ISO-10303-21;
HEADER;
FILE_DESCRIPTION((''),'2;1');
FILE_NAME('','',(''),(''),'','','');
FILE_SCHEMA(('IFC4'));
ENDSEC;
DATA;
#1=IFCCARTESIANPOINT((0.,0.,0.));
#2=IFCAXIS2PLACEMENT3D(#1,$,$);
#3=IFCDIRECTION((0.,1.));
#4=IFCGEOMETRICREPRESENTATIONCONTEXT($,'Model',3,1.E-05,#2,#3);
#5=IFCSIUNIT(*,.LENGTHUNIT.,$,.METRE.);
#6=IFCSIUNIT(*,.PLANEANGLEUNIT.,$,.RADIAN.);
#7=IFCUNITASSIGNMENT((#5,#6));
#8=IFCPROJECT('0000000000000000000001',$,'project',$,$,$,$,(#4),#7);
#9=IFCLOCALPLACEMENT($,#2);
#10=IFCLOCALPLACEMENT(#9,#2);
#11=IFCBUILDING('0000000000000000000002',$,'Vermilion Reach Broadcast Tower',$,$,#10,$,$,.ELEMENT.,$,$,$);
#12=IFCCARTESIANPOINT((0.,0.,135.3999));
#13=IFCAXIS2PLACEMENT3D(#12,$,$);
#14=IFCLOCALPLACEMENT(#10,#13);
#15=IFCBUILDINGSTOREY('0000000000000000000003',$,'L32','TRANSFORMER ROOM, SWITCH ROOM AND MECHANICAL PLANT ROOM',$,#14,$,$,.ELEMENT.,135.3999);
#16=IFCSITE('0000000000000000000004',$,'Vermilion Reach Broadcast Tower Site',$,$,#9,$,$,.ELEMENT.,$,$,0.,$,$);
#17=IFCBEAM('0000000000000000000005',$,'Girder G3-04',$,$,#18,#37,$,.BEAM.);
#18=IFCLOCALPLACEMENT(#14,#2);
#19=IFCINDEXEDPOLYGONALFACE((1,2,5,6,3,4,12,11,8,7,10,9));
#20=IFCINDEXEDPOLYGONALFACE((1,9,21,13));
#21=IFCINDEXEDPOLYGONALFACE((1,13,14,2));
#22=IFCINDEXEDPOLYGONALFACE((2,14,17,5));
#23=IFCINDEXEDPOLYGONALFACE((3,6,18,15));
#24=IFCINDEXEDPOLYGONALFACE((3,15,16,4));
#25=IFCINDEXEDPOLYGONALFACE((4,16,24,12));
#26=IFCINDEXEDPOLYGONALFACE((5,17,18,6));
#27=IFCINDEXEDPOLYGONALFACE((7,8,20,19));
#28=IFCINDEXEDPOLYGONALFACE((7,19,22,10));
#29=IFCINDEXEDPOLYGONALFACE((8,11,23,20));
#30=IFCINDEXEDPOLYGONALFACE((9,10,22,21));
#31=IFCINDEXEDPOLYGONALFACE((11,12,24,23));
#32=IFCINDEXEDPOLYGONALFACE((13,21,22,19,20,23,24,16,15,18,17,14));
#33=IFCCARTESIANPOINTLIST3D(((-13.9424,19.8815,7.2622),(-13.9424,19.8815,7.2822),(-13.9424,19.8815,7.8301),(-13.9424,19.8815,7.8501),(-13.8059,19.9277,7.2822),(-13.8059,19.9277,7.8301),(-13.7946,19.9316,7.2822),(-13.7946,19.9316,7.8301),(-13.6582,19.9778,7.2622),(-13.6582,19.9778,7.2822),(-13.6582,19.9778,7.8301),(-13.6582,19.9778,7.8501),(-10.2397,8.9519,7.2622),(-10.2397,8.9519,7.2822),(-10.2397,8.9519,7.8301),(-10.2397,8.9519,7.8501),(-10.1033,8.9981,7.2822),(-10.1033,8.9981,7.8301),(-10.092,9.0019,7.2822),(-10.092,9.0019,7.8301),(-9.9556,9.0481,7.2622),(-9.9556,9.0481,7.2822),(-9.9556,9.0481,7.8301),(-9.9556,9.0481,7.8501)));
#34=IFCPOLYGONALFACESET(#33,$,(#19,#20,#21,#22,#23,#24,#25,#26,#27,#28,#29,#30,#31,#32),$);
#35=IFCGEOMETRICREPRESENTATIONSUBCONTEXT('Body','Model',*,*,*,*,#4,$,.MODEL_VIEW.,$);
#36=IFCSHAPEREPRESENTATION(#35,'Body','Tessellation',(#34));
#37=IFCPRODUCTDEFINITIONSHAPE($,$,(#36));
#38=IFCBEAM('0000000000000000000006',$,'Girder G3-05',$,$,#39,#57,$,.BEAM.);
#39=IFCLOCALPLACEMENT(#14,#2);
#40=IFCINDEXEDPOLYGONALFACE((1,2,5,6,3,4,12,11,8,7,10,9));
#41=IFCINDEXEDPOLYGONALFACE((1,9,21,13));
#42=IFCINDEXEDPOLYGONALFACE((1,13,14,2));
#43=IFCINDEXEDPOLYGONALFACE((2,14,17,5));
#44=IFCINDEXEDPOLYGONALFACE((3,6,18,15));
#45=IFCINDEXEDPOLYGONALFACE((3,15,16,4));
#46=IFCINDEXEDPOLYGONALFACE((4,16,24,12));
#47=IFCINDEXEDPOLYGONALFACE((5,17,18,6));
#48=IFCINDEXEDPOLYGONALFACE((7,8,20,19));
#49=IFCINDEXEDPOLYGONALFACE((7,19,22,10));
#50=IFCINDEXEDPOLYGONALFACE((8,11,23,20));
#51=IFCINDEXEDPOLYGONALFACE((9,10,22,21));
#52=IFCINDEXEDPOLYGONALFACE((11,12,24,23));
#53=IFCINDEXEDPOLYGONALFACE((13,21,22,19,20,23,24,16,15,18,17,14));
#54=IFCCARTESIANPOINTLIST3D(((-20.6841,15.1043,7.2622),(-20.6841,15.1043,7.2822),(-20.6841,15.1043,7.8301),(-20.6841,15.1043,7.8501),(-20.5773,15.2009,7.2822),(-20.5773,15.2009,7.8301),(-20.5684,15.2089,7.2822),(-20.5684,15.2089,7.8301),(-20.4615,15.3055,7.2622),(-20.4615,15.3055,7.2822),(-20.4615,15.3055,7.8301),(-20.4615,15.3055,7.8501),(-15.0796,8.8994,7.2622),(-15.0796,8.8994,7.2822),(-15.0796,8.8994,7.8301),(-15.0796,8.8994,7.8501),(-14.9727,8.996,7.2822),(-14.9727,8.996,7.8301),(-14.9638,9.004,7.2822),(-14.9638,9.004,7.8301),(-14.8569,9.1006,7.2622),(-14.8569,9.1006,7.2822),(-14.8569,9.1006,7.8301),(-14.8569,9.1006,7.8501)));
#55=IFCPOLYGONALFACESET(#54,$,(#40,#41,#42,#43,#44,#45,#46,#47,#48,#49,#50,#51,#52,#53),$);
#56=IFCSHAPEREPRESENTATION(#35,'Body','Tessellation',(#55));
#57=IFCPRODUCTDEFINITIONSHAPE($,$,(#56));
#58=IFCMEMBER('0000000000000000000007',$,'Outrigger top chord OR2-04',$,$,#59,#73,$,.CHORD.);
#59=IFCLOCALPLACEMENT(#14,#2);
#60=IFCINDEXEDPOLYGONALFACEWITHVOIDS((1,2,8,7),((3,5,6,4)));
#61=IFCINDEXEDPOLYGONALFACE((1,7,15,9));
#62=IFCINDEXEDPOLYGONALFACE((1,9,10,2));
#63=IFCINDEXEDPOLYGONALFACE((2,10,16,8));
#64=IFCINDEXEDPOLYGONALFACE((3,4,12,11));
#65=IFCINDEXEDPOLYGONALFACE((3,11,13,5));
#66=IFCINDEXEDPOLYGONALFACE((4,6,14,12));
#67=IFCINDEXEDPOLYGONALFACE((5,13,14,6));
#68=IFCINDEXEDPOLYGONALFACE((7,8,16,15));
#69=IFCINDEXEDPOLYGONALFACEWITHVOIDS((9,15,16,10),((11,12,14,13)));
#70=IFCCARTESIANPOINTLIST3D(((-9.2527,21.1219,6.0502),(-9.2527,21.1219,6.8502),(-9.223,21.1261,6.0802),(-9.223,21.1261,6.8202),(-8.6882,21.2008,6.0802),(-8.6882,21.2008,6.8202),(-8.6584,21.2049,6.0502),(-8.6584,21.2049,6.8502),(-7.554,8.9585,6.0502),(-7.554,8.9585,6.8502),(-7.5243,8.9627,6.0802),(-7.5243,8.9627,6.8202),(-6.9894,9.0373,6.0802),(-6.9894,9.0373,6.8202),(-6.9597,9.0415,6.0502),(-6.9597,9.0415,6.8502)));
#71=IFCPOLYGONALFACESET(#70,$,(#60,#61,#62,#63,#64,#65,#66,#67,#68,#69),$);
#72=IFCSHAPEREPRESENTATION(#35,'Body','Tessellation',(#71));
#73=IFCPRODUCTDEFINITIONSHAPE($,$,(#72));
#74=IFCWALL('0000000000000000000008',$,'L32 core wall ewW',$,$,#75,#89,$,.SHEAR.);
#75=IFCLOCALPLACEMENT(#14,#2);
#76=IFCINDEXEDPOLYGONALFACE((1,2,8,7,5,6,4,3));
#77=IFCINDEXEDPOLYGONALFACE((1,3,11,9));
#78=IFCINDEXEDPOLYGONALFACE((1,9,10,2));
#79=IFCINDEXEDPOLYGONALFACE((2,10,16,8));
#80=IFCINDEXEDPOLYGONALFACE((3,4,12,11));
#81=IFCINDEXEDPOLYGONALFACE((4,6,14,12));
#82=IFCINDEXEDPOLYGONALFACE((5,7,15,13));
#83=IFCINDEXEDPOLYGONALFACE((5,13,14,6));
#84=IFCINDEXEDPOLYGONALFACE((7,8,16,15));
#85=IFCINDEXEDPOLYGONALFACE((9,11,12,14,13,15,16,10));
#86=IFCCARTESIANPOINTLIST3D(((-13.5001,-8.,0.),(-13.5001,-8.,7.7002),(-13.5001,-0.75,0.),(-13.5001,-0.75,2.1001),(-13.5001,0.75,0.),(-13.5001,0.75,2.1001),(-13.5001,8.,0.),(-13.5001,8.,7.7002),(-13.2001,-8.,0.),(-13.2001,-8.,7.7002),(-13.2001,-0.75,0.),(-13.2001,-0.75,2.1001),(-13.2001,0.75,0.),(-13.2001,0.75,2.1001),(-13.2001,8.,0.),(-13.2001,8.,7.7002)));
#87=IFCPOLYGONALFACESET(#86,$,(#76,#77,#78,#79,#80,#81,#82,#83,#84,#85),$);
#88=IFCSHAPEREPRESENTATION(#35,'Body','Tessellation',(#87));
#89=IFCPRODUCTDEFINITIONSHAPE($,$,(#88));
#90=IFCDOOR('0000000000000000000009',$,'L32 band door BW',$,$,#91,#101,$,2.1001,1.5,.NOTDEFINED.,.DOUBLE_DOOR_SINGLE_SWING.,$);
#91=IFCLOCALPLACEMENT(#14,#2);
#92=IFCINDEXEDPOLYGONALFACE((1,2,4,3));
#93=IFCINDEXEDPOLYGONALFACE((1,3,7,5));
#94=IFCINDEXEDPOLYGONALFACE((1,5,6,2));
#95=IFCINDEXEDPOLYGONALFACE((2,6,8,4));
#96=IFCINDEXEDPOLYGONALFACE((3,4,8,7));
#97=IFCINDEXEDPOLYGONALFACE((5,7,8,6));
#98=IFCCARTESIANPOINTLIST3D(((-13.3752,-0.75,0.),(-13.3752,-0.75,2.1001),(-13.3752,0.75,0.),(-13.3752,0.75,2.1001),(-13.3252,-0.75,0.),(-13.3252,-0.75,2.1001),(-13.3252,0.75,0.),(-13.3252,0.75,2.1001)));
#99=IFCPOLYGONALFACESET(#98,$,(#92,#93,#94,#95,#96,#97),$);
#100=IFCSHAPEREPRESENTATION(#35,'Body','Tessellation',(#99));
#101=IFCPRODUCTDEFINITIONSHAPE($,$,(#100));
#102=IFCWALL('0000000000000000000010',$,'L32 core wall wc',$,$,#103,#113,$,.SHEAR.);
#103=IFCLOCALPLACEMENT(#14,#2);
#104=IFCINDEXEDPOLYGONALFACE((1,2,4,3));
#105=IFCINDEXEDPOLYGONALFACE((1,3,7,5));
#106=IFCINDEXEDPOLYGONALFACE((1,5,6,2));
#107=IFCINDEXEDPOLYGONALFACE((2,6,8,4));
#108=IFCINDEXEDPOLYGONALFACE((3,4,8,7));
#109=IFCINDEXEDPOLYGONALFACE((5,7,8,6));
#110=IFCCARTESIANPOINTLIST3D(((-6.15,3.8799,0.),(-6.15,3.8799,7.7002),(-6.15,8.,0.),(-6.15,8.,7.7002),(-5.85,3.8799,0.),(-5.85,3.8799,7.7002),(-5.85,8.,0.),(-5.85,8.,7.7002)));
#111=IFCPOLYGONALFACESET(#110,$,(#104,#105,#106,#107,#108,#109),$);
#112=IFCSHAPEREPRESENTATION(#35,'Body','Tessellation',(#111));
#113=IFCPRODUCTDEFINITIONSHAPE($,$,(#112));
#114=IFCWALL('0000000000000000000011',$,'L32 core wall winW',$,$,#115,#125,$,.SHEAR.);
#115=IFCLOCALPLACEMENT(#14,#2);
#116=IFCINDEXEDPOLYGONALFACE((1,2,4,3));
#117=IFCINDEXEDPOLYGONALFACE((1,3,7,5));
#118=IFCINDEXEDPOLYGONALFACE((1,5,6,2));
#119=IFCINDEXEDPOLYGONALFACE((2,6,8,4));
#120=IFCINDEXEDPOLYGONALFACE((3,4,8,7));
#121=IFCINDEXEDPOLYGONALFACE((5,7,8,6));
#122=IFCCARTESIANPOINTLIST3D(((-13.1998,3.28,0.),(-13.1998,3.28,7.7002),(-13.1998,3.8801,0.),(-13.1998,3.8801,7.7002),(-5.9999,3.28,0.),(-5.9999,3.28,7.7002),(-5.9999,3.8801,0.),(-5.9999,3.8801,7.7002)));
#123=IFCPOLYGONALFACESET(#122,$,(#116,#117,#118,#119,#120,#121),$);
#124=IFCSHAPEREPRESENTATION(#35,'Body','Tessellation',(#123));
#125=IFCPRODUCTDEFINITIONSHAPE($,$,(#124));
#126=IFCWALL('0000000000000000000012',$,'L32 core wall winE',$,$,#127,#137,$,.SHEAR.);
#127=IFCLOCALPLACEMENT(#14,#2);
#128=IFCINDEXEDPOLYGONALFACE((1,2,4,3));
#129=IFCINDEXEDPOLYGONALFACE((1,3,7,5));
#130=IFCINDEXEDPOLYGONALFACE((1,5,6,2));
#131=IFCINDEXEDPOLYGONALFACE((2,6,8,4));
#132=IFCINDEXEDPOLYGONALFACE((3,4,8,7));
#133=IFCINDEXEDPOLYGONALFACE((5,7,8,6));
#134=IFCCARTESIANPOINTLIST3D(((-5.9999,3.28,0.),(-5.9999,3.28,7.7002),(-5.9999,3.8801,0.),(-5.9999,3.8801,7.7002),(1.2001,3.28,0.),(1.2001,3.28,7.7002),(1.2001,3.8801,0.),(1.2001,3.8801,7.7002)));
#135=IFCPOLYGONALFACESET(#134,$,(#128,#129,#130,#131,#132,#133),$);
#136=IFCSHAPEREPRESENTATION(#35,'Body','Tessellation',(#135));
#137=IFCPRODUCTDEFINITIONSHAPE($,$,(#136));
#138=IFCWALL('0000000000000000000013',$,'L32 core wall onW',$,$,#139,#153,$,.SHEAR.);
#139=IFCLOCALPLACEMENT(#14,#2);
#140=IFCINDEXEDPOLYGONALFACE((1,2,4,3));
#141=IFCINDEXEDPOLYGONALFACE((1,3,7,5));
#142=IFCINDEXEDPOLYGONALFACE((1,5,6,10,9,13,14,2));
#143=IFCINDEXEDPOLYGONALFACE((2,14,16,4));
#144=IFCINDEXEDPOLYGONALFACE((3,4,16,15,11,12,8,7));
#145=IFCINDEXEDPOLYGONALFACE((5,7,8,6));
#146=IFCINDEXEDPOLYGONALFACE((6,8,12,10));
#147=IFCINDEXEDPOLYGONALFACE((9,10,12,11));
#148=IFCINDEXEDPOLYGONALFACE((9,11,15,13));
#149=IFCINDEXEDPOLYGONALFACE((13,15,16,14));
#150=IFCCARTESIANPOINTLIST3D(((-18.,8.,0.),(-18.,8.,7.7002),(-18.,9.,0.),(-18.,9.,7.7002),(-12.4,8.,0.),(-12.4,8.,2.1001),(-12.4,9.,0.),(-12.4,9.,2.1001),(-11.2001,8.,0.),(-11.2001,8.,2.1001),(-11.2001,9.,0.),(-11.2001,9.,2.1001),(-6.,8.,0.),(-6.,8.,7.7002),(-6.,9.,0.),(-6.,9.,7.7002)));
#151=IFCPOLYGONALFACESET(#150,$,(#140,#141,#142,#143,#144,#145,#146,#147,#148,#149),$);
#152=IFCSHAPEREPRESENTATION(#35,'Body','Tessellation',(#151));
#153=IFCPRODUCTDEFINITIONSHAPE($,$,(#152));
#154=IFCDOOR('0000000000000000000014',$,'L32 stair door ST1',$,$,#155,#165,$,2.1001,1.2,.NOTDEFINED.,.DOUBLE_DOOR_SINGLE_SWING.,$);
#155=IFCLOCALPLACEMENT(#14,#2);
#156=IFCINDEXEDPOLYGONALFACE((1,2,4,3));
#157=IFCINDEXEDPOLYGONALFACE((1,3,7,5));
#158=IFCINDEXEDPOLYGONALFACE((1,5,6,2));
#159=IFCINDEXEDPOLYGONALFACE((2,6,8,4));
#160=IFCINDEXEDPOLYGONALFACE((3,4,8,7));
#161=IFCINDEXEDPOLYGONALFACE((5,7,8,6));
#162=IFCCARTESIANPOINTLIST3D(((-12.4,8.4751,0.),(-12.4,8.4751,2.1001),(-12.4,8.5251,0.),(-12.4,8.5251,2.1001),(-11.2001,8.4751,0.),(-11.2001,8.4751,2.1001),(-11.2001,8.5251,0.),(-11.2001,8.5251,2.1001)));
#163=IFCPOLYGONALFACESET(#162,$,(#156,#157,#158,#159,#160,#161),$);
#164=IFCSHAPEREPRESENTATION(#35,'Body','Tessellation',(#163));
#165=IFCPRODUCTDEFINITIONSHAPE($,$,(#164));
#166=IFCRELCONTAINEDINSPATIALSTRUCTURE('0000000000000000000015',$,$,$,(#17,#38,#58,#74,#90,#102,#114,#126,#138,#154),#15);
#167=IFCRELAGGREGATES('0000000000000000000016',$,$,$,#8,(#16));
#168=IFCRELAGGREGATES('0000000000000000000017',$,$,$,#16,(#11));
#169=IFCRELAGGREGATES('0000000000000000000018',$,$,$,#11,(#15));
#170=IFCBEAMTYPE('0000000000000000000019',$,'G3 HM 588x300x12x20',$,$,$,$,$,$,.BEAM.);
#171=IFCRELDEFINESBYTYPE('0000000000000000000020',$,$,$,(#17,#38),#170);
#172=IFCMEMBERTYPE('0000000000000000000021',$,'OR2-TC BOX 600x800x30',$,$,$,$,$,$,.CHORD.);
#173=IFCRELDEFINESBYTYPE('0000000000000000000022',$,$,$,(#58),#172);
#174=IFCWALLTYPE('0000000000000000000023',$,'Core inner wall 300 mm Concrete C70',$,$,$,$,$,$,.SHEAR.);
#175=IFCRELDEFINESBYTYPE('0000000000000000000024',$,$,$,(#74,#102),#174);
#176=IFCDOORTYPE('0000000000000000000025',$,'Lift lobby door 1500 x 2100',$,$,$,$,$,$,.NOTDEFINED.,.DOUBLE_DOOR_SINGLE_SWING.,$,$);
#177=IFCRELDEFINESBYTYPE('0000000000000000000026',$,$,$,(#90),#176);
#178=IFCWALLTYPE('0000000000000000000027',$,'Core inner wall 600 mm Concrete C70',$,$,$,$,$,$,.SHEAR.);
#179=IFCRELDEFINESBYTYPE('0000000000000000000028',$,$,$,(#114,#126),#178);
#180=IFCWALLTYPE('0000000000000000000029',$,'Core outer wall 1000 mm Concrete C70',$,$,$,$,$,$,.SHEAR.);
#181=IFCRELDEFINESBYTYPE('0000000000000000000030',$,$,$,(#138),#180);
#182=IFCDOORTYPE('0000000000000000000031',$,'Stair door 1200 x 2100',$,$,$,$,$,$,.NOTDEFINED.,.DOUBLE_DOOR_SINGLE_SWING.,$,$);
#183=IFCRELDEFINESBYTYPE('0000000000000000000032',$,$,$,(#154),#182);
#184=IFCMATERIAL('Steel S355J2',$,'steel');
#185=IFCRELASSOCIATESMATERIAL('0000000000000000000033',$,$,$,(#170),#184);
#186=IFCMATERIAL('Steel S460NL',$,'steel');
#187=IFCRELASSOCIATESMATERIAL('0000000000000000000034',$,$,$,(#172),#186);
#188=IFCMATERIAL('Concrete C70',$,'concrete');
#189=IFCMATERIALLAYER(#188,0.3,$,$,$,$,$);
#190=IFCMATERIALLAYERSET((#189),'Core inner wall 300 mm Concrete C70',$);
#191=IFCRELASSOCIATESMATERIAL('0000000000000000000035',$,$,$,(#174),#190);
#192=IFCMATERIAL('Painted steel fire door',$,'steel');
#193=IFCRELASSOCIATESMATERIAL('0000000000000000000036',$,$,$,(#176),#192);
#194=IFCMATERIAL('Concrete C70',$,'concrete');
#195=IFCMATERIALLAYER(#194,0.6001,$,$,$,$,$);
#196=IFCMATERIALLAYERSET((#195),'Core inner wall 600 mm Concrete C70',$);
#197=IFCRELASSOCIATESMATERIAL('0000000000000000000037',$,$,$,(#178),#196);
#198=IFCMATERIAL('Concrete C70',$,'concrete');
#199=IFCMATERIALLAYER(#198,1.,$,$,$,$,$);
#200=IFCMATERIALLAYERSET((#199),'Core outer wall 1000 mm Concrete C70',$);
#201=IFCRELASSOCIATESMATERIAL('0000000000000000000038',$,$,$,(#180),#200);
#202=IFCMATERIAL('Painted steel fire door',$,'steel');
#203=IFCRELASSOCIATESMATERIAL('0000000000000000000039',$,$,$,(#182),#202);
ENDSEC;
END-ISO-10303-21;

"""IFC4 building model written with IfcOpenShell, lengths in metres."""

from ifc_helpers import new_model, si_unit, direction, frame, frame_2d, origin, origin_2d, place, context, subcontext, project, spatial, rectangle, hollow_rectangle, i_section, extrude, material, layer, layer_set, material_profile, profile_set, type_object, element, fill, save


model = new_model("IFC4")

# Units and contexts
model_context = context("Model", 3, precision=1e-05, world=origin(), true_north=direction((0.0, 1.0)))
body_context = subcontext(model_context, "Body", "Model", "MODEL_VIEW")
ifc_project = project(units=[si_unit("LENGTHUNIT", "METRE"), si_unit("PLANEANGLEUNIT", "RADIAN")], contexts=[model_context])

# Site, building, storey
site_placement = place(None, origin())
site = spatial("IfcSite", under=ifc_project, at=site_placement, Name="Vermilion Reach Broadcast Tower Site", CompositionType="ELEMENT", RefElevation=0.0)
building_placement = place(site_placement, origin())
building = spatial("IfcBuilding", under=site, at=building_placement, Name="Vermilion Reach Broadcast Tower", CompositionType="ELEMENT")
storey_placement = place(building_placement, frame((0.0, 0.0, 135.3999)))
storey = spatial("IfcBuildingStorey", under=building, at=storey_placement, Name="L32", Description="TRANSFORMER ROOM, SWITCH ROOM AND MECHANICAL PLANT ROOM", CompositionType="ELEMENT", Elevation=135.3999)

# Beams
ifc_material_1 = material(Name="Steel S355J2", Category="steel")
ifc_material_profile_1 = material_profile(ifc_material_1, i_section(OverallWidth=0.3, OverallDepth=0.5879, WebThickness=0.012, FlangeThickness=0.02, at=origin_2d()), Name="S355J2 HM 588x300x12x20")
ifc_profile_set_1 = profile_set([ifc_material_profile_1], Name="Steel S355J2")
beam_type = type_object("IfcBeamType", Name="G3 HM 588x300x12x20", PredefinedType="BEAM", material=ifc_profile_set_1)
beam_1_placement = place(storey_placement, frame((-10.0977, 9.0, 7.5562), z_axis=(-0.320857, 0.947128, 0.0), x_axis=(-0.947128, -0.320857, 0.0)))
element("IfcBeam", 1, at=beam_1_placement, inside=storey, type_object=beam_type, Name="Girder G3-04", PredefinedType="BEAM", context=body_context, shape_type="SweptSolid", body=[
    extrude(i_section(OverallWidth=0.3, OverallDepth=0.5879, WebThickness=0.012, FlangeThickness=0.02, at=origin_2d()), origin(), (0.0, 0.0, 1.0), 11.5398),
])
beam_2_placement = place(storey_placement, frame((-14.9683, 9.0, 7.5562), z_axis=(-0.670295, 0.742095, 0.0), x_axis=(-0.742095, -0.670295, 0.0)))
element("IfcBeam", 2, at=beam_2_placement, inside=storey, type_object=beam_type, Name="Girder G3-05", PredefinedType="BEAM", context=body_context, shape_type="SweptSolid", body=[
    extrude(i_section(OverallWidth=0.3, OverallDepth=0.5879, WebThickness=0.012, FlangeThickness=0.02, at=origin_2d()), origin(), (0.0, 0.0, 1.0), 8.3613),
])

# Member
ifc_material_2 = material(Name="Steel S460NL", Category="steel")
ifc_material_profile_2 = material_profile(ifc_material_2, hollow_rectangle(XDim=0.6001, YDim=0.8, WallThickness=0.03, at=origin_2d()), Name="S460NL BOX 600x800x30")
ifc_profile_set_2 = profile_set([ifc_material_profile_2], Name="Steel S460NL")
member_type = type_object("IfcMemberType", Name="OR2-TC BOX 600x800x30", PredefinedType="CHORD", material=ifc_profile_set_2)
member_placement = place(storey_placement, frame((-7.2568, 9.0, 6.4502), z_axis=(-0.138318, 0.990388, 0.0), x_axis=(-0.990388, -0.138318, 0.0)))
element("IfcMember", 3, at=member_placement, inside=storey, type_object=member_type, Name="Outrigger top chord OR2-04", PredefinedType="CHORD", context=body_context, shape_type="SweptSolid", body=[
    extrude(hollow_rectangle(XDim=0.6001, YDim=0.8, WallThickness=0.03, at=origin_2d()), origin(), (0.0, 0.0, 1.0), 12.2815),
])

# Wall, opening, door
ifc_material_3 = material(Name="Concrete C70", Category="concrete")
ifc_layer_1 = layer(ifc_material_3, 0.3)
ifc_layer_set_1 = layer_set([ifc_layer_1], Name="Core inner wall 300 mm Concrete C70")
wall_type_1 = type_object("IfcWallType", Name="Core inner wall 300 mm Concrete C70", PredefinedType="SHEAR", material=ifc_layer_set_1)
wall_1_placement = place(storey_placement, frame((-13.3501, 8.0, 0.0), z_axis=(0.0, 0.0, 1.0), x_axis=(0.0, -1.0, 0.0)))
wall_1 = element("IfcWall", 4, at=wall_1_placement, inside=storey, type_object=wall_type_1, Name="L32 core wall ewW", PredefinedType="SHEAR", context=body_context, shape_type="SweptSolid", body=[
    extrude(rectangle(XDim=16.0, YDim=0.3, at=frame_2d((8.0, 0.0))), origin(), (0.0, 0.0, 1.0), 7.7002),
])
opening_1_placement = place(wall_1_placement, frame((7.25, 0.0, 0.0)))
opening_1 = element("IfcOpeningElement", 5, at=opening_1_placement, cuts=wall_1, PredefinedType="OPENING", context=body_context, shape_type="SweptSolid", body=[
    extrude(rectangle(XDim=1.5, YDim=2.1001, at=frame_2d((0.75, 1.05))), frame((0.0, 0.1599, 0.0), z_axis=(0.0, -1.0, 0.0), x_axis=(1.0, 0.0, 0.0)), (0.0, 0.0, 1.0), 0.3201),
])
ifc_material_4 = material(Name="Painted steel fire door", Category="steel")
door_type_1 = type_object("IfcDoorType", Name="Lift lobby door 1500 x 2100", OperationType="DOUBLE_DOOR_SINGLE_SWING", PredefinedType="NOTDEFINED", material=ifc_material_4)
door_1_placement = place(opening_1_placement, origin())
door_1 = element("IfcDoor", 6, at=door_1_placement, inside=storey, type_object=door_type_1, Name="L32 band door BW", OperationType="DOUBLE_DOOR_SINGLE_SWING", OverallHeight=2.1001, OverallWidth=1.5, PredefinedType="NOTDEFINED", context=body_context, shape_type="SweptSolid", body=[
    extrude(rectangle(XDim=1.5, YDim=2.1001, at=frame_2d((0.75, 1.05))), frame((0.0, 0.0249, 0.0), z_axis=(0.0, -1.0, 0.0), x_axis=(1.0, 0.0, 0.0)), (0.0, 0.0, 1.0), 0.05),
])
fill(opening_1, door_1)

# Walls
wall_2_placement = place(storey_placement, frame((-6.0, 3.8799, 0.0), z_axis=(0.0, 0.0, 1.0), x_axis=(0.0, 1.0, 0.0)))
element("IfcWall", 7, at=wall_2_placement, inside=storey, type_object=wall_type_1, Name="L32 core wall wc", PredefinedType="SHEAR", context=body_context, shape_type="SweptSolid", body=[
    extrude(rectangle(XDim=4.1201, YDim=0.3, at=frame_2d((2.0601, 0.0))), origin(), (0.0, 0.0, 1.0), 7.7002),
])
ifc_material_5 = material(Name="Concrete C70", Category="concrete")
ifc_layer_2 = layer(ifc_material_5, 0.6001)
ifc_layer_set_2 = layer_set([ifc_layer_2], Name="Core inner wall 600 mm Concrete C70")
wall_type_2 = type_object("IfcWallType", Name="Core inner wall 600 mm Concrete C70", PredefinedType="SHEAR", material=ifc_layer_set_2)
for number, where, z_axis, x_axis, name in (
    (8, (-13.2, 3.5801, 0.0), (0.0, 0.0, 1.0), (1.0, 0.0, 0.0), "L32 core wall winW"),
    (9, (-6.0, 3.5801, 0.0), (0.0, 0.0, 1.0), (1.0, 0.0, 0.0), "L32 core wall winE"),
):
    element("IfcWall", number, at=place(storey_placement, frame(where, z_axis=z_axis, x_axis=x_axis)), inside=storey, type_object=wall_type_2, Name=name, PredefinedType="SHEAR", context=body_context, shape_type="SweptSolid", body=[
        extrude(rectangle(XDim=7.2, YDim=0.6001, at=frame_2d((3.6001, 0.0))), origin(), (0.0, 0.0, 1.0), 7.7002),
    ])

# Wall, opening, door
ifc_material_6 = material(Name="Concrete C70", Category="concrete")
ifc_layer_3 = layer(ifc_material_6, 1.0)
ifc_layer_set_3 = layer_set([ifc_layer_3], Name="Core outer wall 1000 mm Concrete C70")
wall_type_3 = type_object("IfcWallType", Name="Core outer wall 1000 mm Concrete C70", PredefinedType="SHEAR", material=ifc_layer_set_3)
wall_3_placement = place(storey_placement, frame((-6.0, 8.5, 0.0), z_axis=(0.0, 0.0, 1.0), x_axis=(-1.0, 0.0, 0.0)))
wall_3 = element("IfcWall", 10, at=wall_3_placement, inside=storey, type_object=wall_type_3, Name="L32 core wall onW", PredefinedType="SHEAR", context=body_context, shape_type="SweptSolid", body=[
    extrude(rectangle(XDim=12.0, YDim=1.0, at=frame_2d((6.0, 0.0))), origin(), (0.0, 0.0, 1.0), 7.7002),
])
opening_2_placement = place(wall_3_placement, frame((5.2, 0.0, 0.0)))
opening_2 = element("IfcOpeningElement", 11, at=opening_2_placement, cuts=wall_3, PredefinedType="OPENING", context=body_context, shape_type="SweptSolid", body=[
    extrude(rectangle(XDim=1.2, YDim=2.1001, at=frame_2d((0.6001, 1.05))), frame((0.0, 0.51, 0.0), z_axis=(0.0, -1.0, 0.0), x_axis=(1.0, 0.0, 0.0)), (0.0, 0.0, 1.0), 1.02),
])
ifc_material_7 = material(Name="Painted steel fire door", Category="steel")
door_type_2 = type_object("IfcDoorType", Name="Stair door 1200 x 2100", OperationType="DOUBLE_DOOR_SINGLE_SWING", PredefinedType="NOTDEFINED", material=ifc_material_7)
door_2_placement = place(opening_2_placement, origin())
door_2 = element("IfcDoor", 12, at=door_2_placement, inside=storey, type_object=door_type_2, Name="L32 stair door ST1", OperationType="DOUBLE_DOOR_SINGLE_SWING", OverallHeight=2.1001, OverallWidth=1.2, PredefinedType="NOTDEFINED", context=body_context, shape_type="SweptSolid", body=[
    extrude(rectangle(XDim=1.2, YDim=2.1001, at=frame_2d((0.6001, 1.05))), frame((0.0, 0.0249, 0.0), z_axis=(0.0, -1.0, 0.0), x_axis=(1.0, 0.0, 0.0)), (0.0, 0.0, 1.0), 0.05),
])
fill(opening_2, door_2)

save(model, "model.ifc")
